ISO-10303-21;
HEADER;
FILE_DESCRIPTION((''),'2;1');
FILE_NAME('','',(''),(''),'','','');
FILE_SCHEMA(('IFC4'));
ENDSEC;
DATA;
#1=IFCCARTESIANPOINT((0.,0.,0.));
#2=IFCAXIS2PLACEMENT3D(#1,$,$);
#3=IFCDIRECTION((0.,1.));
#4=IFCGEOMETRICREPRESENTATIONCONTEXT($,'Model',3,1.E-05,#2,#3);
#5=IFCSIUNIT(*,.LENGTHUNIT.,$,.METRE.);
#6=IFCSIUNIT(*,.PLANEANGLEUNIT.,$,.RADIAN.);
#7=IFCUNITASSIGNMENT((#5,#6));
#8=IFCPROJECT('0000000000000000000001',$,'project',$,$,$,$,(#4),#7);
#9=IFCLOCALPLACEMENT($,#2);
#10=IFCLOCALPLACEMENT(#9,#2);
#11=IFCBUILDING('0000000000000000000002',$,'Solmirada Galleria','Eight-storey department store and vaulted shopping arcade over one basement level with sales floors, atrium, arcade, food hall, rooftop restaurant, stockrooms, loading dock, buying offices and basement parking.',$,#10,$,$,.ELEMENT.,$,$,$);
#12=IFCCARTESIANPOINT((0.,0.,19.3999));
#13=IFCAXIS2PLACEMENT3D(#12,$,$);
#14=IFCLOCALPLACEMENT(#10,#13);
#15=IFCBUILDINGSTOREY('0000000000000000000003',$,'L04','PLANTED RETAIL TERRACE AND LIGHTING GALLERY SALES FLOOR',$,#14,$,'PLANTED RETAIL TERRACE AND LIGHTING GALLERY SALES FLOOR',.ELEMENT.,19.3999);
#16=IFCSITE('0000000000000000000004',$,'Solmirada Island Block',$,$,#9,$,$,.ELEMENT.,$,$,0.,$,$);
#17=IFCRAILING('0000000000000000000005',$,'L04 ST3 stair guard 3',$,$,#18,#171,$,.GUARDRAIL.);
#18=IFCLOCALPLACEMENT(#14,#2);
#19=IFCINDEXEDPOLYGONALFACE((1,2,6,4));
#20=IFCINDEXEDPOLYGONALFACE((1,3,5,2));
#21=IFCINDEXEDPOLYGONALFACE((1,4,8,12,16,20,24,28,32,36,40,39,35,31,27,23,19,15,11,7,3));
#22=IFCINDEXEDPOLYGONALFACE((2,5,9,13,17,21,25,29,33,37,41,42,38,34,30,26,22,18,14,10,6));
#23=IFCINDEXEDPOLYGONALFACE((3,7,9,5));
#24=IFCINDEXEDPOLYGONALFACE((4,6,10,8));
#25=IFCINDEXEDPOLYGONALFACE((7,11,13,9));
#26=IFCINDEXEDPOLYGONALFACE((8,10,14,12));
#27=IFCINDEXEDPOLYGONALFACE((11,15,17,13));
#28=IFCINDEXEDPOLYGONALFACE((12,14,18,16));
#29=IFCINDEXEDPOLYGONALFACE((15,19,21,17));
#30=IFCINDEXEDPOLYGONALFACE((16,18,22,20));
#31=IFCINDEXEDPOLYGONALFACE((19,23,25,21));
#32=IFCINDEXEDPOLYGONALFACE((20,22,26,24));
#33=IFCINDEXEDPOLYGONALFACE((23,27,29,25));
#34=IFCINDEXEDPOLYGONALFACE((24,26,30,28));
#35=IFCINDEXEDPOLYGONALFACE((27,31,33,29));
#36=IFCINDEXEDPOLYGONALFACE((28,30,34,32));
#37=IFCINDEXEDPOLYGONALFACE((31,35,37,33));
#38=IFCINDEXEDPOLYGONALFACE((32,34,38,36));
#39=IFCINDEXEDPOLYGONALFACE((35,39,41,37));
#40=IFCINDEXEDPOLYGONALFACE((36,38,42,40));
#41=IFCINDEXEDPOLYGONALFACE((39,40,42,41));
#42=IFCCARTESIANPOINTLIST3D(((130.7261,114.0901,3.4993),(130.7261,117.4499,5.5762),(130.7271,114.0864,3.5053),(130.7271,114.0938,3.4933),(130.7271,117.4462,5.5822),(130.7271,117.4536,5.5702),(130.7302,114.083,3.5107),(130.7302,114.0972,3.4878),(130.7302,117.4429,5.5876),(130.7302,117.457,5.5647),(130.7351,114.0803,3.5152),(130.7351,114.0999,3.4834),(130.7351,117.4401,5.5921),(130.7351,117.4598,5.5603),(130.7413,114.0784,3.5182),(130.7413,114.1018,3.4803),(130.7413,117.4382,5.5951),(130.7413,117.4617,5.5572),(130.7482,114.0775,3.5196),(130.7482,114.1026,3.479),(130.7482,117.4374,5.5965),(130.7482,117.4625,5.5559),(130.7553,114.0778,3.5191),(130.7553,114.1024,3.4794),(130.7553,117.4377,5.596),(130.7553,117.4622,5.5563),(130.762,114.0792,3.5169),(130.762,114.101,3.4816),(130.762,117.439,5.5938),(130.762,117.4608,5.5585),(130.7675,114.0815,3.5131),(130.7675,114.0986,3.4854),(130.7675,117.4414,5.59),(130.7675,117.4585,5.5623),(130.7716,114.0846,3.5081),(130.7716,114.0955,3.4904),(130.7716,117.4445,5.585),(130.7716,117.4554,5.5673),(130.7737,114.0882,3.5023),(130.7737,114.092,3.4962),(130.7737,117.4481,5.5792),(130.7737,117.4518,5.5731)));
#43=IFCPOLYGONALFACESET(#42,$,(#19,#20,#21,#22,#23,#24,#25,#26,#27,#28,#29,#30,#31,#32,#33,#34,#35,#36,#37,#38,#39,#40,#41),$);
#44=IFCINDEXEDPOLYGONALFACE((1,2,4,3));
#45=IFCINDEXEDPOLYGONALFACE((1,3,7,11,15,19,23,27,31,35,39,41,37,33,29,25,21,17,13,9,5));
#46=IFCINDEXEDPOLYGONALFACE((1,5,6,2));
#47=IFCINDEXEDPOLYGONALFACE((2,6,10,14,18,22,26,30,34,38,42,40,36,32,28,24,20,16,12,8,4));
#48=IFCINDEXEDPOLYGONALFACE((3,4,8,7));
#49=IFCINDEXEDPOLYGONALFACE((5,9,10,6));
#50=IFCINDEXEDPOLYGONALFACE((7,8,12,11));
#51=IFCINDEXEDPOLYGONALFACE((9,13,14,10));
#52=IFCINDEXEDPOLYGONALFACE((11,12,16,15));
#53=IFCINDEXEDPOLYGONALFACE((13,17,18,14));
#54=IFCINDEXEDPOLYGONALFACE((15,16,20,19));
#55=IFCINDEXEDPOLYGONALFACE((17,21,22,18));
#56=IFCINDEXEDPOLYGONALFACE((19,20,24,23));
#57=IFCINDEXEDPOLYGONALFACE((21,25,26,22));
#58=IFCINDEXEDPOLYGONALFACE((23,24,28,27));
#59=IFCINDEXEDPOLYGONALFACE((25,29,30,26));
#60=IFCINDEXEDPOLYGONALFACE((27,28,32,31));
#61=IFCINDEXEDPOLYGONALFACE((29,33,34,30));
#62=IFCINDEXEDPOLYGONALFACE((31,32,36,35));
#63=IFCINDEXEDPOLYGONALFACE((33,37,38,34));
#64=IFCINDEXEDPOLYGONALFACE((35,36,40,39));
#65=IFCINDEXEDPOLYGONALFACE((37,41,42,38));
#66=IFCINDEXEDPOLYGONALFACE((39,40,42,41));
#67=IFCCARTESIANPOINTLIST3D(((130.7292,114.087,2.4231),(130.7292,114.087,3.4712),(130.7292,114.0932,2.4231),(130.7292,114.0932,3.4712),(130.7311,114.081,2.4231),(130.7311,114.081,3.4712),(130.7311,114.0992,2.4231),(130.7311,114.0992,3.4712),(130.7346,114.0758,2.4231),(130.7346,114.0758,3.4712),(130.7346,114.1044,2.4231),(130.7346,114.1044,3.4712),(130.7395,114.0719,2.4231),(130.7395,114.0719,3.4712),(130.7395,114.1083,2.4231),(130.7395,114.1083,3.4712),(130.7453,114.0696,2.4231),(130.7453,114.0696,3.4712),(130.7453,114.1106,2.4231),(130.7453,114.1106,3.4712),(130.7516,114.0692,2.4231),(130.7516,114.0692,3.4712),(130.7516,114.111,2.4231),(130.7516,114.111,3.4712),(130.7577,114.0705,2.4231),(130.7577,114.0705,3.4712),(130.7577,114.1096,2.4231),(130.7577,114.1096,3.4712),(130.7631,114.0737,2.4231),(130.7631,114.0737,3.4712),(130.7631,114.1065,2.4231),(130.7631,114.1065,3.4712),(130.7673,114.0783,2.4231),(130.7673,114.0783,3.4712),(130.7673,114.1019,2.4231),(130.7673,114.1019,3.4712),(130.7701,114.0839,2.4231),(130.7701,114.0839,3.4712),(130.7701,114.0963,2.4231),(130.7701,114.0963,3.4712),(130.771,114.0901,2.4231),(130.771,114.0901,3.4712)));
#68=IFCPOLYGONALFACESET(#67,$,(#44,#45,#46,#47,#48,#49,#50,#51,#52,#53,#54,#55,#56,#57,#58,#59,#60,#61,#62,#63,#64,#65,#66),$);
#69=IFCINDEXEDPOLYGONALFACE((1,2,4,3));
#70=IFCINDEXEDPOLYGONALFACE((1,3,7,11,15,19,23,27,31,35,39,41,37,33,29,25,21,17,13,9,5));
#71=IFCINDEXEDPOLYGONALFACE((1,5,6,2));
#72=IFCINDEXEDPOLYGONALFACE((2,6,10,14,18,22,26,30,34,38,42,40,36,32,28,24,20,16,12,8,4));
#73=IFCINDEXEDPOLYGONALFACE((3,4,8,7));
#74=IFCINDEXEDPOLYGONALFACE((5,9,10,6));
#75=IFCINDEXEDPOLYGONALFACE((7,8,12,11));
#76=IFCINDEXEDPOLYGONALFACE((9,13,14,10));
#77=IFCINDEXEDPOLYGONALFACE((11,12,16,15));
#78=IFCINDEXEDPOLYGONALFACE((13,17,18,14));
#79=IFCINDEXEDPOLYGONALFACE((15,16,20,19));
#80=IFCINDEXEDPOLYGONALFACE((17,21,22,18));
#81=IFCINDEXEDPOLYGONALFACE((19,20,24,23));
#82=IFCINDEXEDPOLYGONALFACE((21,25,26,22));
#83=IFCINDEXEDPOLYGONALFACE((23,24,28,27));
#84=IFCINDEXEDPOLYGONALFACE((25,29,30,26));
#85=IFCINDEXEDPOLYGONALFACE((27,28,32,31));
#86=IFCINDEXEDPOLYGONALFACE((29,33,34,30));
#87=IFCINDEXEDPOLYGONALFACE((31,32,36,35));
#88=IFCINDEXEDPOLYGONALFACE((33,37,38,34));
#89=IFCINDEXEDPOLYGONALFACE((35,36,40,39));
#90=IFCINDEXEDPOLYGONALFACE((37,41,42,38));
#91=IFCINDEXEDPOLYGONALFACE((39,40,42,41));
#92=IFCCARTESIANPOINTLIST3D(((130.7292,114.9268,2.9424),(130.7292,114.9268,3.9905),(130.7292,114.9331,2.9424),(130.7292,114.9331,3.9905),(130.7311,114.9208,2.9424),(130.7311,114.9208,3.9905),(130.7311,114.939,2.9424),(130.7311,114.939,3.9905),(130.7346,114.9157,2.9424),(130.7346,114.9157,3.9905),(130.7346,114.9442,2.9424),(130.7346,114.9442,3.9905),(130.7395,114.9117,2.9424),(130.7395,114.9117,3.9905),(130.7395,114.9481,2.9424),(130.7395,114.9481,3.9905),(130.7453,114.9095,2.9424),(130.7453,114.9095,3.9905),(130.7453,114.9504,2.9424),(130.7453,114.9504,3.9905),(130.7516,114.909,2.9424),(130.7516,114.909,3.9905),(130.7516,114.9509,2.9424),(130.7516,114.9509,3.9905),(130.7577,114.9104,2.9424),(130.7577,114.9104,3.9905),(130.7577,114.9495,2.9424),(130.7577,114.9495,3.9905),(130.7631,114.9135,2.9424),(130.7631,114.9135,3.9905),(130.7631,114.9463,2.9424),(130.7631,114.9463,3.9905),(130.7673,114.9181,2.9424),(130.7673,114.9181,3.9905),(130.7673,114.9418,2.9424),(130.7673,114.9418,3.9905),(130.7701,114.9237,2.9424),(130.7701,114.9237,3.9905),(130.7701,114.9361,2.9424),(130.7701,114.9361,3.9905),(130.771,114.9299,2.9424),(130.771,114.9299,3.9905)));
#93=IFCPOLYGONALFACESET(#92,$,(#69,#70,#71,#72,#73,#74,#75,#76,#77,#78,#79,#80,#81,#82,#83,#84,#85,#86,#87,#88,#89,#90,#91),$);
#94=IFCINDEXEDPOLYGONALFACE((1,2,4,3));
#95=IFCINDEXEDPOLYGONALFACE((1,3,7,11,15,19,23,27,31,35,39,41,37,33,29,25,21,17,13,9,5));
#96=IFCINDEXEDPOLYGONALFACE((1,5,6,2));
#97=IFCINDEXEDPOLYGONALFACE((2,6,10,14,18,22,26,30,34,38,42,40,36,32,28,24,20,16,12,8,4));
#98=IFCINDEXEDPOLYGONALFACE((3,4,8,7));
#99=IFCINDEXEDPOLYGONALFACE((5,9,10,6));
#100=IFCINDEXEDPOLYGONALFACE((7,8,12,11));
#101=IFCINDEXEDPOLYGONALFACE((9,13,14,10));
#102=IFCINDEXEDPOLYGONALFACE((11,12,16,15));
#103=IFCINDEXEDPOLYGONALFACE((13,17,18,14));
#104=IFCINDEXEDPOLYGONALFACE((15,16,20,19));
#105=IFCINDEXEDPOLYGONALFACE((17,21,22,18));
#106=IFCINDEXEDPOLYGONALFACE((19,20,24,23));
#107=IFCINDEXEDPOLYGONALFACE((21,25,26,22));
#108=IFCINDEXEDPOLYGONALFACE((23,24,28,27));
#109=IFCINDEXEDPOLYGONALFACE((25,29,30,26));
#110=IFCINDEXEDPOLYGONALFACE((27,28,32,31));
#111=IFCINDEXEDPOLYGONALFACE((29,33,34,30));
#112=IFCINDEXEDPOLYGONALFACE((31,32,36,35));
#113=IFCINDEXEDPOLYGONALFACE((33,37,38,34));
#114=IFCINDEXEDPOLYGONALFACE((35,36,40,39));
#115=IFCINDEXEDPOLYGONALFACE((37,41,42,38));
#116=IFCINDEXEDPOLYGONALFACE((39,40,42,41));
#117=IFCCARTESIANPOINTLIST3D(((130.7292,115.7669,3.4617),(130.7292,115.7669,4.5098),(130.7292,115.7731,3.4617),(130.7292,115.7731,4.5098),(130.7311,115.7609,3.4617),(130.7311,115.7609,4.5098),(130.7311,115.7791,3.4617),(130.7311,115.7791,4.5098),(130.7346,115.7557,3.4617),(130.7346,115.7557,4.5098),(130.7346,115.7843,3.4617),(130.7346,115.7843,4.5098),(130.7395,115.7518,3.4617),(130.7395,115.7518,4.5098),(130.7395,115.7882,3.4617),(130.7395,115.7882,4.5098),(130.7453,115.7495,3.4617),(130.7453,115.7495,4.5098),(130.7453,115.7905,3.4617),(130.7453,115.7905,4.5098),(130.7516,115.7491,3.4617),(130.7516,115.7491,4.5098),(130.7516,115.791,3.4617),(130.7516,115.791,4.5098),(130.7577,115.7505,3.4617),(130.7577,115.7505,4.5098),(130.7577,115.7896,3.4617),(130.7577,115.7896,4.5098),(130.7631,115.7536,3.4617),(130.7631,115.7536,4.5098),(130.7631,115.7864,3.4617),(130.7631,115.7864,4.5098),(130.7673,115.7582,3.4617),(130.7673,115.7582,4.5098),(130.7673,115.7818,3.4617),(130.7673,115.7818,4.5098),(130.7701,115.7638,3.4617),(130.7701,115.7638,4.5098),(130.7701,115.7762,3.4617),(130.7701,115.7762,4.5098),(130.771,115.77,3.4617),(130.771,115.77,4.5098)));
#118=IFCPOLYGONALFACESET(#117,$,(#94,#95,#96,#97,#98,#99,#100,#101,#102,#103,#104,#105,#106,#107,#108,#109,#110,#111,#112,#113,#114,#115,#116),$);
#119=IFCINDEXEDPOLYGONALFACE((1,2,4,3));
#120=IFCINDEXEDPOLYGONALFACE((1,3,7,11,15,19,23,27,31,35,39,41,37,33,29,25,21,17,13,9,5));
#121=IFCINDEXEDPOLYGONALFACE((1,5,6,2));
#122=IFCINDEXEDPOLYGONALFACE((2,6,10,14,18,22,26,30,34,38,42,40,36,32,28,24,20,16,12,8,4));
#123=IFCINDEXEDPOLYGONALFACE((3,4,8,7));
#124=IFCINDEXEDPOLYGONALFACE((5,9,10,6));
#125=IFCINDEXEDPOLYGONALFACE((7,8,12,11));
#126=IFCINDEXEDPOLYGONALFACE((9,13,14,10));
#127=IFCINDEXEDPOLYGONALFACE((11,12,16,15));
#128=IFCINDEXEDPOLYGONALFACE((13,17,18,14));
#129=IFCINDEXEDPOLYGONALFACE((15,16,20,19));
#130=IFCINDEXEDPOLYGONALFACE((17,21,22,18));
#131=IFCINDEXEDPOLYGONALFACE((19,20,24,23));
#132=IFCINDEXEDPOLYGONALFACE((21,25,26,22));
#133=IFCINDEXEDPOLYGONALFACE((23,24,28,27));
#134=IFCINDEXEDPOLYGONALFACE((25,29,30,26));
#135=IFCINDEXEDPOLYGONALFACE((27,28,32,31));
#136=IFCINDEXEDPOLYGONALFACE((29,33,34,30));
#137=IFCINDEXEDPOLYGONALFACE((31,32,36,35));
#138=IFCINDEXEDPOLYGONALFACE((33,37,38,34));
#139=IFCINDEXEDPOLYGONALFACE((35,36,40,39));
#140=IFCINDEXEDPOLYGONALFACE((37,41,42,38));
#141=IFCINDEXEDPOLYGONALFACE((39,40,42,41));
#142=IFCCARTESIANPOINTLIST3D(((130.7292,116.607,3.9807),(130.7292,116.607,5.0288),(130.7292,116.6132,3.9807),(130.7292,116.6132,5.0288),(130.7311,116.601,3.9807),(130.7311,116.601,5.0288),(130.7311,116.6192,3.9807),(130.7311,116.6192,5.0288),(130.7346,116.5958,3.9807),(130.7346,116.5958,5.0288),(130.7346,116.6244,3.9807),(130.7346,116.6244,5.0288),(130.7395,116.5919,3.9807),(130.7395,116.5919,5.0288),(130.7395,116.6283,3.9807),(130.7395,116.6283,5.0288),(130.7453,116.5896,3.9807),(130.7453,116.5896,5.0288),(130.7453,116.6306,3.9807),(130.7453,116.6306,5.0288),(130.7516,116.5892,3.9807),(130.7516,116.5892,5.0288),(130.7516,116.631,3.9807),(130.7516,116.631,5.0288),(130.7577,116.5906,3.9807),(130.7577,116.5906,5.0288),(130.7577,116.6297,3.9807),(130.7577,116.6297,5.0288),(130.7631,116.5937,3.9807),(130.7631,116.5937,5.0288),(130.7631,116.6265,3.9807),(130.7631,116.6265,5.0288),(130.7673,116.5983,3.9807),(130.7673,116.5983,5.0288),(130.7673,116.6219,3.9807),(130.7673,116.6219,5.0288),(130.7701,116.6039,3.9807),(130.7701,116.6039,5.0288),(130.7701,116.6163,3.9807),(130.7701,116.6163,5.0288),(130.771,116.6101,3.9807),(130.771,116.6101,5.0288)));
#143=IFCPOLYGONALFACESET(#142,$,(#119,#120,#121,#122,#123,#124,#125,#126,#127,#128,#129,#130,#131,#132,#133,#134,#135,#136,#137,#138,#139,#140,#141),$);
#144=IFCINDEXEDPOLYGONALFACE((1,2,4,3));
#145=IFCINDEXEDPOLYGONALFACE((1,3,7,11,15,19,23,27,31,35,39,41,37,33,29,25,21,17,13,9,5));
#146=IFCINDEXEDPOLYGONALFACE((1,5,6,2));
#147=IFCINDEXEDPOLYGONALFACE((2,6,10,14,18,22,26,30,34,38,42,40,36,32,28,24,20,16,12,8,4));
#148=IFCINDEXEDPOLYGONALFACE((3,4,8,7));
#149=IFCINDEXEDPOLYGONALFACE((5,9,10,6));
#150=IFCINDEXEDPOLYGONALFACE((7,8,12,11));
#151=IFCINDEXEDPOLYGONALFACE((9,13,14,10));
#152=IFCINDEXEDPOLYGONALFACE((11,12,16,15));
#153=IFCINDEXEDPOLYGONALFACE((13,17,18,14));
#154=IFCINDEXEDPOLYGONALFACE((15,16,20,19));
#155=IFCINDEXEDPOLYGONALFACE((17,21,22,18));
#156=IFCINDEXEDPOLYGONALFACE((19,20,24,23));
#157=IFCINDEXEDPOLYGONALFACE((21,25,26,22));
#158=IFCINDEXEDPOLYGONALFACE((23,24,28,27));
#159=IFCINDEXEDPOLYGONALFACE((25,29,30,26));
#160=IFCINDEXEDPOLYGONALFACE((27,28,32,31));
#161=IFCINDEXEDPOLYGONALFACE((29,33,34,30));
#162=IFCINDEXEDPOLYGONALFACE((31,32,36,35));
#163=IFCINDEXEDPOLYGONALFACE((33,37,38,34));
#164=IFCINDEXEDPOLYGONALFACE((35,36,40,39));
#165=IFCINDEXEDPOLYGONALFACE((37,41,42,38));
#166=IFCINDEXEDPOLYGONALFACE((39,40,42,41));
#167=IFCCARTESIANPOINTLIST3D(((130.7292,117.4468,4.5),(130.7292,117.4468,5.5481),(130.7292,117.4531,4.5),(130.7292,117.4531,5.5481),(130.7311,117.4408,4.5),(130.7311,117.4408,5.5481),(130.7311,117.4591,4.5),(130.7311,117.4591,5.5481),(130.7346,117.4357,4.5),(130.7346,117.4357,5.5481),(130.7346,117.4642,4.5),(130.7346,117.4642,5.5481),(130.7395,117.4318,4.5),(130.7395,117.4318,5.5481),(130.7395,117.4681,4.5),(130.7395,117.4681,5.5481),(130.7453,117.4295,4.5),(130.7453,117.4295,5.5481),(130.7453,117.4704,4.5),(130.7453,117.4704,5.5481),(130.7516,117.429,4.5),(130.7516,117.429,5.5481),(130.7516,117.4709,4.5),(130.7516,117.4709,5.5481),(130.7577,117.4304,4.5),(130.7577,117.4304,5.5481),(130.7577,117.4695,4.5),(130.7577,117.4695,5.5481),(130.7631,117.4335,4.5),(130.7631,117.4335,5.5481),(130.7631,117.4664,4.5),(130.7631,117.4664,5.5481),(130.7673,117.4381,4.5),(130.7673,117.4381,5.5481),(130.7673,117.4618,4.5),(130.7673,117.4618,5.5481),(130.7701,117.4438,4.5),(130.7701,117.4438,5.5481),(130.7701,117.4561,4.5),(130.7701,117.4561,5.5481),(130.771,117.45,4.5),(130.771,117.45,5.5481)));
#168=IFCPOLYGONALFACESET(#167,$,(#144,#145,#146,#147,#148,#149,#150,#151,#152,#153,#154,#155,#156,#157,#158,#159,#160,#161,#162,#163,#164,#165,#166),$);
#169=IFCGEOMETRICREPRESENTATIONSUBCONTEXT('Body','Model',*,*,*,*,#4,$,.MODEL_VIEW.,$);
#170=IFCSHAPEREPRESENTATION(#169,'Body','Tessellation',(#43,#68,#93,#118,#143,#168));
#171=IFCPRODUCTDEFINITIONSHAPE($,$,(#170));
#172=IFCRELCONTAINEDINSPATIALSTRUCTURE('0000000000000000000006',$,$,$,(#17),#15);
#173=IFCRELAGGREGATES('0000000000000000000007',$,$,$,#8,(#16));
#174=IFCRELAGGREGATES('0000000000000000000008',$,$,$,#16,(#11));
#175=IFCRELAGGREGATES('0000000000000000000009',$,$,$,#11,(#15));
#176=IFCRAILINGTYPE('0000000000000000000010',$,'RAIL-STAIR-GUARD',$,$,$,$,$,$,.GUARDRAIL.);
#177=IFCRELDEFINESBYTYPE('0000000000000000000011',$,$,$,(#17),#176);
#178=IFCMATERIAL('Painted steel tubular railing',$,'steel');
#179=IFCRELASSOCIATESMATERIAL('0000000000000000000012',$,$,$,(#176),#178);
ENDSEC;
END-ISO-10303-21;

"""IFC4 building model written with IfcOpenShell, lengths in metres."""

from ifc_helpers import new_model, si_unit, direction, frame, origin, origin_2d, place, context, subcontext, project, spatial, circle, extrude, material, type_object, element, save


model = new_model("IFC4")

# Units and contexts
model_context = context("Model", 3, precision=1e-05, world=origin(), true_north=direction((0.0, 1.0)))
body_context = subcontext(model_context, "Body", "Model", "MODEL_VIEW")
ifc_project = project(units=[si_unit("LENGTHUNIT", "METRE"), si_unit("PLANEANGLEUNIT", "RADIAN")], contexts=[model_context])

# Site, building, storey
site_placement = place(None, origin())
site = spatial("IfcSite", under=ifc_project, at=site_placement, Name="Solmirada Island Block", CompositionType="ELEMENT", RefElevation=0.0)
building_placement = place(site_placement, origin())
building = spatial("IfcBuilding", under=site, at=building_placement, Name="Solmirada Galleria", Description="Eight-storey department store and vaulted shopping arcade over one basement level with sales floors, atrium, arcade, food hall, rooftop restaurant, stockrooms, loading dock, buying offices and basement parking.", CompositionType="ELEMENT")
storey_placement = place(building_placement, frame((0.0, 0.0, 19.3999)))
storey = spatial("IfcBuildingStorey", under=building, at=storey_placement, Name="L04", Description="PLANTED RETAIL TERRACE AND LIGHTING GALLERY SALES FLOOR", LongName="PLANTED RETAIL TERRACE AND LIGHTING GALLERY SALES FLOOR", CompositionType="ELEMENT", Elevation=19.3999)

# Railing
ifc_material_1 = material(Name="Painted steel tubular railing", Category="steel")
railing_type_1 = type_object("IfcRailingType", Name="RAIL-STAIR-GUARD", PredefinedType="GUARDRAIL", material=ifc_material_1)
railing_1_placement = place(storey_placement, frame((130.75, 114.0901, 2.4231)))
element("IfcRailing", 1, at=railing_1_placement, inside=storey, type_object=railing_type_1, Name="L04 ST3 stair guard 3", PredefinedType="GUARDRAIL", context=body_context, shape_type="SweptSolid", body=[
    extrude(circle(Radius=0.0239, at=origin_2d()), frame((0.0, 0.0, 1.0762), z_axis=(0.0, 0.850606, 0.525803), x_axis=(-1.0, 0.0, 0.0)), (0.0, 0.0, 1.0), 3.95),
    extrude(circle(Radius=0.021, at=origin_2d()), origin(), (0.0, 0.0, 1.0), 1.0481),
    extrude(circle(Radius=0.021, at=origin_2d()), frame((0.0, 0.8398, 0.5193)), (0.0, 0.0, 1.0), 1.0481),
    extrude(circle(Radius=0.021, at=origin_2d()), frame((0.0, 1.6799, 1.0386)), (0.0, 0.0, 1.0), 1.0481),
    extrude(circle(Radius=0.021, at=origin_2d()), frame((0.0, 2.52, 1.5576)), (0.0, 0.0, 1.0), 1.0481),
    extrude(circle(Radius=0.021, at=origin_2d()), frame((0.0, 3.3599, 2.0769)), (0.0, 0.0, 1.0), 1.0481),
])

save(model, "model.ifc")
